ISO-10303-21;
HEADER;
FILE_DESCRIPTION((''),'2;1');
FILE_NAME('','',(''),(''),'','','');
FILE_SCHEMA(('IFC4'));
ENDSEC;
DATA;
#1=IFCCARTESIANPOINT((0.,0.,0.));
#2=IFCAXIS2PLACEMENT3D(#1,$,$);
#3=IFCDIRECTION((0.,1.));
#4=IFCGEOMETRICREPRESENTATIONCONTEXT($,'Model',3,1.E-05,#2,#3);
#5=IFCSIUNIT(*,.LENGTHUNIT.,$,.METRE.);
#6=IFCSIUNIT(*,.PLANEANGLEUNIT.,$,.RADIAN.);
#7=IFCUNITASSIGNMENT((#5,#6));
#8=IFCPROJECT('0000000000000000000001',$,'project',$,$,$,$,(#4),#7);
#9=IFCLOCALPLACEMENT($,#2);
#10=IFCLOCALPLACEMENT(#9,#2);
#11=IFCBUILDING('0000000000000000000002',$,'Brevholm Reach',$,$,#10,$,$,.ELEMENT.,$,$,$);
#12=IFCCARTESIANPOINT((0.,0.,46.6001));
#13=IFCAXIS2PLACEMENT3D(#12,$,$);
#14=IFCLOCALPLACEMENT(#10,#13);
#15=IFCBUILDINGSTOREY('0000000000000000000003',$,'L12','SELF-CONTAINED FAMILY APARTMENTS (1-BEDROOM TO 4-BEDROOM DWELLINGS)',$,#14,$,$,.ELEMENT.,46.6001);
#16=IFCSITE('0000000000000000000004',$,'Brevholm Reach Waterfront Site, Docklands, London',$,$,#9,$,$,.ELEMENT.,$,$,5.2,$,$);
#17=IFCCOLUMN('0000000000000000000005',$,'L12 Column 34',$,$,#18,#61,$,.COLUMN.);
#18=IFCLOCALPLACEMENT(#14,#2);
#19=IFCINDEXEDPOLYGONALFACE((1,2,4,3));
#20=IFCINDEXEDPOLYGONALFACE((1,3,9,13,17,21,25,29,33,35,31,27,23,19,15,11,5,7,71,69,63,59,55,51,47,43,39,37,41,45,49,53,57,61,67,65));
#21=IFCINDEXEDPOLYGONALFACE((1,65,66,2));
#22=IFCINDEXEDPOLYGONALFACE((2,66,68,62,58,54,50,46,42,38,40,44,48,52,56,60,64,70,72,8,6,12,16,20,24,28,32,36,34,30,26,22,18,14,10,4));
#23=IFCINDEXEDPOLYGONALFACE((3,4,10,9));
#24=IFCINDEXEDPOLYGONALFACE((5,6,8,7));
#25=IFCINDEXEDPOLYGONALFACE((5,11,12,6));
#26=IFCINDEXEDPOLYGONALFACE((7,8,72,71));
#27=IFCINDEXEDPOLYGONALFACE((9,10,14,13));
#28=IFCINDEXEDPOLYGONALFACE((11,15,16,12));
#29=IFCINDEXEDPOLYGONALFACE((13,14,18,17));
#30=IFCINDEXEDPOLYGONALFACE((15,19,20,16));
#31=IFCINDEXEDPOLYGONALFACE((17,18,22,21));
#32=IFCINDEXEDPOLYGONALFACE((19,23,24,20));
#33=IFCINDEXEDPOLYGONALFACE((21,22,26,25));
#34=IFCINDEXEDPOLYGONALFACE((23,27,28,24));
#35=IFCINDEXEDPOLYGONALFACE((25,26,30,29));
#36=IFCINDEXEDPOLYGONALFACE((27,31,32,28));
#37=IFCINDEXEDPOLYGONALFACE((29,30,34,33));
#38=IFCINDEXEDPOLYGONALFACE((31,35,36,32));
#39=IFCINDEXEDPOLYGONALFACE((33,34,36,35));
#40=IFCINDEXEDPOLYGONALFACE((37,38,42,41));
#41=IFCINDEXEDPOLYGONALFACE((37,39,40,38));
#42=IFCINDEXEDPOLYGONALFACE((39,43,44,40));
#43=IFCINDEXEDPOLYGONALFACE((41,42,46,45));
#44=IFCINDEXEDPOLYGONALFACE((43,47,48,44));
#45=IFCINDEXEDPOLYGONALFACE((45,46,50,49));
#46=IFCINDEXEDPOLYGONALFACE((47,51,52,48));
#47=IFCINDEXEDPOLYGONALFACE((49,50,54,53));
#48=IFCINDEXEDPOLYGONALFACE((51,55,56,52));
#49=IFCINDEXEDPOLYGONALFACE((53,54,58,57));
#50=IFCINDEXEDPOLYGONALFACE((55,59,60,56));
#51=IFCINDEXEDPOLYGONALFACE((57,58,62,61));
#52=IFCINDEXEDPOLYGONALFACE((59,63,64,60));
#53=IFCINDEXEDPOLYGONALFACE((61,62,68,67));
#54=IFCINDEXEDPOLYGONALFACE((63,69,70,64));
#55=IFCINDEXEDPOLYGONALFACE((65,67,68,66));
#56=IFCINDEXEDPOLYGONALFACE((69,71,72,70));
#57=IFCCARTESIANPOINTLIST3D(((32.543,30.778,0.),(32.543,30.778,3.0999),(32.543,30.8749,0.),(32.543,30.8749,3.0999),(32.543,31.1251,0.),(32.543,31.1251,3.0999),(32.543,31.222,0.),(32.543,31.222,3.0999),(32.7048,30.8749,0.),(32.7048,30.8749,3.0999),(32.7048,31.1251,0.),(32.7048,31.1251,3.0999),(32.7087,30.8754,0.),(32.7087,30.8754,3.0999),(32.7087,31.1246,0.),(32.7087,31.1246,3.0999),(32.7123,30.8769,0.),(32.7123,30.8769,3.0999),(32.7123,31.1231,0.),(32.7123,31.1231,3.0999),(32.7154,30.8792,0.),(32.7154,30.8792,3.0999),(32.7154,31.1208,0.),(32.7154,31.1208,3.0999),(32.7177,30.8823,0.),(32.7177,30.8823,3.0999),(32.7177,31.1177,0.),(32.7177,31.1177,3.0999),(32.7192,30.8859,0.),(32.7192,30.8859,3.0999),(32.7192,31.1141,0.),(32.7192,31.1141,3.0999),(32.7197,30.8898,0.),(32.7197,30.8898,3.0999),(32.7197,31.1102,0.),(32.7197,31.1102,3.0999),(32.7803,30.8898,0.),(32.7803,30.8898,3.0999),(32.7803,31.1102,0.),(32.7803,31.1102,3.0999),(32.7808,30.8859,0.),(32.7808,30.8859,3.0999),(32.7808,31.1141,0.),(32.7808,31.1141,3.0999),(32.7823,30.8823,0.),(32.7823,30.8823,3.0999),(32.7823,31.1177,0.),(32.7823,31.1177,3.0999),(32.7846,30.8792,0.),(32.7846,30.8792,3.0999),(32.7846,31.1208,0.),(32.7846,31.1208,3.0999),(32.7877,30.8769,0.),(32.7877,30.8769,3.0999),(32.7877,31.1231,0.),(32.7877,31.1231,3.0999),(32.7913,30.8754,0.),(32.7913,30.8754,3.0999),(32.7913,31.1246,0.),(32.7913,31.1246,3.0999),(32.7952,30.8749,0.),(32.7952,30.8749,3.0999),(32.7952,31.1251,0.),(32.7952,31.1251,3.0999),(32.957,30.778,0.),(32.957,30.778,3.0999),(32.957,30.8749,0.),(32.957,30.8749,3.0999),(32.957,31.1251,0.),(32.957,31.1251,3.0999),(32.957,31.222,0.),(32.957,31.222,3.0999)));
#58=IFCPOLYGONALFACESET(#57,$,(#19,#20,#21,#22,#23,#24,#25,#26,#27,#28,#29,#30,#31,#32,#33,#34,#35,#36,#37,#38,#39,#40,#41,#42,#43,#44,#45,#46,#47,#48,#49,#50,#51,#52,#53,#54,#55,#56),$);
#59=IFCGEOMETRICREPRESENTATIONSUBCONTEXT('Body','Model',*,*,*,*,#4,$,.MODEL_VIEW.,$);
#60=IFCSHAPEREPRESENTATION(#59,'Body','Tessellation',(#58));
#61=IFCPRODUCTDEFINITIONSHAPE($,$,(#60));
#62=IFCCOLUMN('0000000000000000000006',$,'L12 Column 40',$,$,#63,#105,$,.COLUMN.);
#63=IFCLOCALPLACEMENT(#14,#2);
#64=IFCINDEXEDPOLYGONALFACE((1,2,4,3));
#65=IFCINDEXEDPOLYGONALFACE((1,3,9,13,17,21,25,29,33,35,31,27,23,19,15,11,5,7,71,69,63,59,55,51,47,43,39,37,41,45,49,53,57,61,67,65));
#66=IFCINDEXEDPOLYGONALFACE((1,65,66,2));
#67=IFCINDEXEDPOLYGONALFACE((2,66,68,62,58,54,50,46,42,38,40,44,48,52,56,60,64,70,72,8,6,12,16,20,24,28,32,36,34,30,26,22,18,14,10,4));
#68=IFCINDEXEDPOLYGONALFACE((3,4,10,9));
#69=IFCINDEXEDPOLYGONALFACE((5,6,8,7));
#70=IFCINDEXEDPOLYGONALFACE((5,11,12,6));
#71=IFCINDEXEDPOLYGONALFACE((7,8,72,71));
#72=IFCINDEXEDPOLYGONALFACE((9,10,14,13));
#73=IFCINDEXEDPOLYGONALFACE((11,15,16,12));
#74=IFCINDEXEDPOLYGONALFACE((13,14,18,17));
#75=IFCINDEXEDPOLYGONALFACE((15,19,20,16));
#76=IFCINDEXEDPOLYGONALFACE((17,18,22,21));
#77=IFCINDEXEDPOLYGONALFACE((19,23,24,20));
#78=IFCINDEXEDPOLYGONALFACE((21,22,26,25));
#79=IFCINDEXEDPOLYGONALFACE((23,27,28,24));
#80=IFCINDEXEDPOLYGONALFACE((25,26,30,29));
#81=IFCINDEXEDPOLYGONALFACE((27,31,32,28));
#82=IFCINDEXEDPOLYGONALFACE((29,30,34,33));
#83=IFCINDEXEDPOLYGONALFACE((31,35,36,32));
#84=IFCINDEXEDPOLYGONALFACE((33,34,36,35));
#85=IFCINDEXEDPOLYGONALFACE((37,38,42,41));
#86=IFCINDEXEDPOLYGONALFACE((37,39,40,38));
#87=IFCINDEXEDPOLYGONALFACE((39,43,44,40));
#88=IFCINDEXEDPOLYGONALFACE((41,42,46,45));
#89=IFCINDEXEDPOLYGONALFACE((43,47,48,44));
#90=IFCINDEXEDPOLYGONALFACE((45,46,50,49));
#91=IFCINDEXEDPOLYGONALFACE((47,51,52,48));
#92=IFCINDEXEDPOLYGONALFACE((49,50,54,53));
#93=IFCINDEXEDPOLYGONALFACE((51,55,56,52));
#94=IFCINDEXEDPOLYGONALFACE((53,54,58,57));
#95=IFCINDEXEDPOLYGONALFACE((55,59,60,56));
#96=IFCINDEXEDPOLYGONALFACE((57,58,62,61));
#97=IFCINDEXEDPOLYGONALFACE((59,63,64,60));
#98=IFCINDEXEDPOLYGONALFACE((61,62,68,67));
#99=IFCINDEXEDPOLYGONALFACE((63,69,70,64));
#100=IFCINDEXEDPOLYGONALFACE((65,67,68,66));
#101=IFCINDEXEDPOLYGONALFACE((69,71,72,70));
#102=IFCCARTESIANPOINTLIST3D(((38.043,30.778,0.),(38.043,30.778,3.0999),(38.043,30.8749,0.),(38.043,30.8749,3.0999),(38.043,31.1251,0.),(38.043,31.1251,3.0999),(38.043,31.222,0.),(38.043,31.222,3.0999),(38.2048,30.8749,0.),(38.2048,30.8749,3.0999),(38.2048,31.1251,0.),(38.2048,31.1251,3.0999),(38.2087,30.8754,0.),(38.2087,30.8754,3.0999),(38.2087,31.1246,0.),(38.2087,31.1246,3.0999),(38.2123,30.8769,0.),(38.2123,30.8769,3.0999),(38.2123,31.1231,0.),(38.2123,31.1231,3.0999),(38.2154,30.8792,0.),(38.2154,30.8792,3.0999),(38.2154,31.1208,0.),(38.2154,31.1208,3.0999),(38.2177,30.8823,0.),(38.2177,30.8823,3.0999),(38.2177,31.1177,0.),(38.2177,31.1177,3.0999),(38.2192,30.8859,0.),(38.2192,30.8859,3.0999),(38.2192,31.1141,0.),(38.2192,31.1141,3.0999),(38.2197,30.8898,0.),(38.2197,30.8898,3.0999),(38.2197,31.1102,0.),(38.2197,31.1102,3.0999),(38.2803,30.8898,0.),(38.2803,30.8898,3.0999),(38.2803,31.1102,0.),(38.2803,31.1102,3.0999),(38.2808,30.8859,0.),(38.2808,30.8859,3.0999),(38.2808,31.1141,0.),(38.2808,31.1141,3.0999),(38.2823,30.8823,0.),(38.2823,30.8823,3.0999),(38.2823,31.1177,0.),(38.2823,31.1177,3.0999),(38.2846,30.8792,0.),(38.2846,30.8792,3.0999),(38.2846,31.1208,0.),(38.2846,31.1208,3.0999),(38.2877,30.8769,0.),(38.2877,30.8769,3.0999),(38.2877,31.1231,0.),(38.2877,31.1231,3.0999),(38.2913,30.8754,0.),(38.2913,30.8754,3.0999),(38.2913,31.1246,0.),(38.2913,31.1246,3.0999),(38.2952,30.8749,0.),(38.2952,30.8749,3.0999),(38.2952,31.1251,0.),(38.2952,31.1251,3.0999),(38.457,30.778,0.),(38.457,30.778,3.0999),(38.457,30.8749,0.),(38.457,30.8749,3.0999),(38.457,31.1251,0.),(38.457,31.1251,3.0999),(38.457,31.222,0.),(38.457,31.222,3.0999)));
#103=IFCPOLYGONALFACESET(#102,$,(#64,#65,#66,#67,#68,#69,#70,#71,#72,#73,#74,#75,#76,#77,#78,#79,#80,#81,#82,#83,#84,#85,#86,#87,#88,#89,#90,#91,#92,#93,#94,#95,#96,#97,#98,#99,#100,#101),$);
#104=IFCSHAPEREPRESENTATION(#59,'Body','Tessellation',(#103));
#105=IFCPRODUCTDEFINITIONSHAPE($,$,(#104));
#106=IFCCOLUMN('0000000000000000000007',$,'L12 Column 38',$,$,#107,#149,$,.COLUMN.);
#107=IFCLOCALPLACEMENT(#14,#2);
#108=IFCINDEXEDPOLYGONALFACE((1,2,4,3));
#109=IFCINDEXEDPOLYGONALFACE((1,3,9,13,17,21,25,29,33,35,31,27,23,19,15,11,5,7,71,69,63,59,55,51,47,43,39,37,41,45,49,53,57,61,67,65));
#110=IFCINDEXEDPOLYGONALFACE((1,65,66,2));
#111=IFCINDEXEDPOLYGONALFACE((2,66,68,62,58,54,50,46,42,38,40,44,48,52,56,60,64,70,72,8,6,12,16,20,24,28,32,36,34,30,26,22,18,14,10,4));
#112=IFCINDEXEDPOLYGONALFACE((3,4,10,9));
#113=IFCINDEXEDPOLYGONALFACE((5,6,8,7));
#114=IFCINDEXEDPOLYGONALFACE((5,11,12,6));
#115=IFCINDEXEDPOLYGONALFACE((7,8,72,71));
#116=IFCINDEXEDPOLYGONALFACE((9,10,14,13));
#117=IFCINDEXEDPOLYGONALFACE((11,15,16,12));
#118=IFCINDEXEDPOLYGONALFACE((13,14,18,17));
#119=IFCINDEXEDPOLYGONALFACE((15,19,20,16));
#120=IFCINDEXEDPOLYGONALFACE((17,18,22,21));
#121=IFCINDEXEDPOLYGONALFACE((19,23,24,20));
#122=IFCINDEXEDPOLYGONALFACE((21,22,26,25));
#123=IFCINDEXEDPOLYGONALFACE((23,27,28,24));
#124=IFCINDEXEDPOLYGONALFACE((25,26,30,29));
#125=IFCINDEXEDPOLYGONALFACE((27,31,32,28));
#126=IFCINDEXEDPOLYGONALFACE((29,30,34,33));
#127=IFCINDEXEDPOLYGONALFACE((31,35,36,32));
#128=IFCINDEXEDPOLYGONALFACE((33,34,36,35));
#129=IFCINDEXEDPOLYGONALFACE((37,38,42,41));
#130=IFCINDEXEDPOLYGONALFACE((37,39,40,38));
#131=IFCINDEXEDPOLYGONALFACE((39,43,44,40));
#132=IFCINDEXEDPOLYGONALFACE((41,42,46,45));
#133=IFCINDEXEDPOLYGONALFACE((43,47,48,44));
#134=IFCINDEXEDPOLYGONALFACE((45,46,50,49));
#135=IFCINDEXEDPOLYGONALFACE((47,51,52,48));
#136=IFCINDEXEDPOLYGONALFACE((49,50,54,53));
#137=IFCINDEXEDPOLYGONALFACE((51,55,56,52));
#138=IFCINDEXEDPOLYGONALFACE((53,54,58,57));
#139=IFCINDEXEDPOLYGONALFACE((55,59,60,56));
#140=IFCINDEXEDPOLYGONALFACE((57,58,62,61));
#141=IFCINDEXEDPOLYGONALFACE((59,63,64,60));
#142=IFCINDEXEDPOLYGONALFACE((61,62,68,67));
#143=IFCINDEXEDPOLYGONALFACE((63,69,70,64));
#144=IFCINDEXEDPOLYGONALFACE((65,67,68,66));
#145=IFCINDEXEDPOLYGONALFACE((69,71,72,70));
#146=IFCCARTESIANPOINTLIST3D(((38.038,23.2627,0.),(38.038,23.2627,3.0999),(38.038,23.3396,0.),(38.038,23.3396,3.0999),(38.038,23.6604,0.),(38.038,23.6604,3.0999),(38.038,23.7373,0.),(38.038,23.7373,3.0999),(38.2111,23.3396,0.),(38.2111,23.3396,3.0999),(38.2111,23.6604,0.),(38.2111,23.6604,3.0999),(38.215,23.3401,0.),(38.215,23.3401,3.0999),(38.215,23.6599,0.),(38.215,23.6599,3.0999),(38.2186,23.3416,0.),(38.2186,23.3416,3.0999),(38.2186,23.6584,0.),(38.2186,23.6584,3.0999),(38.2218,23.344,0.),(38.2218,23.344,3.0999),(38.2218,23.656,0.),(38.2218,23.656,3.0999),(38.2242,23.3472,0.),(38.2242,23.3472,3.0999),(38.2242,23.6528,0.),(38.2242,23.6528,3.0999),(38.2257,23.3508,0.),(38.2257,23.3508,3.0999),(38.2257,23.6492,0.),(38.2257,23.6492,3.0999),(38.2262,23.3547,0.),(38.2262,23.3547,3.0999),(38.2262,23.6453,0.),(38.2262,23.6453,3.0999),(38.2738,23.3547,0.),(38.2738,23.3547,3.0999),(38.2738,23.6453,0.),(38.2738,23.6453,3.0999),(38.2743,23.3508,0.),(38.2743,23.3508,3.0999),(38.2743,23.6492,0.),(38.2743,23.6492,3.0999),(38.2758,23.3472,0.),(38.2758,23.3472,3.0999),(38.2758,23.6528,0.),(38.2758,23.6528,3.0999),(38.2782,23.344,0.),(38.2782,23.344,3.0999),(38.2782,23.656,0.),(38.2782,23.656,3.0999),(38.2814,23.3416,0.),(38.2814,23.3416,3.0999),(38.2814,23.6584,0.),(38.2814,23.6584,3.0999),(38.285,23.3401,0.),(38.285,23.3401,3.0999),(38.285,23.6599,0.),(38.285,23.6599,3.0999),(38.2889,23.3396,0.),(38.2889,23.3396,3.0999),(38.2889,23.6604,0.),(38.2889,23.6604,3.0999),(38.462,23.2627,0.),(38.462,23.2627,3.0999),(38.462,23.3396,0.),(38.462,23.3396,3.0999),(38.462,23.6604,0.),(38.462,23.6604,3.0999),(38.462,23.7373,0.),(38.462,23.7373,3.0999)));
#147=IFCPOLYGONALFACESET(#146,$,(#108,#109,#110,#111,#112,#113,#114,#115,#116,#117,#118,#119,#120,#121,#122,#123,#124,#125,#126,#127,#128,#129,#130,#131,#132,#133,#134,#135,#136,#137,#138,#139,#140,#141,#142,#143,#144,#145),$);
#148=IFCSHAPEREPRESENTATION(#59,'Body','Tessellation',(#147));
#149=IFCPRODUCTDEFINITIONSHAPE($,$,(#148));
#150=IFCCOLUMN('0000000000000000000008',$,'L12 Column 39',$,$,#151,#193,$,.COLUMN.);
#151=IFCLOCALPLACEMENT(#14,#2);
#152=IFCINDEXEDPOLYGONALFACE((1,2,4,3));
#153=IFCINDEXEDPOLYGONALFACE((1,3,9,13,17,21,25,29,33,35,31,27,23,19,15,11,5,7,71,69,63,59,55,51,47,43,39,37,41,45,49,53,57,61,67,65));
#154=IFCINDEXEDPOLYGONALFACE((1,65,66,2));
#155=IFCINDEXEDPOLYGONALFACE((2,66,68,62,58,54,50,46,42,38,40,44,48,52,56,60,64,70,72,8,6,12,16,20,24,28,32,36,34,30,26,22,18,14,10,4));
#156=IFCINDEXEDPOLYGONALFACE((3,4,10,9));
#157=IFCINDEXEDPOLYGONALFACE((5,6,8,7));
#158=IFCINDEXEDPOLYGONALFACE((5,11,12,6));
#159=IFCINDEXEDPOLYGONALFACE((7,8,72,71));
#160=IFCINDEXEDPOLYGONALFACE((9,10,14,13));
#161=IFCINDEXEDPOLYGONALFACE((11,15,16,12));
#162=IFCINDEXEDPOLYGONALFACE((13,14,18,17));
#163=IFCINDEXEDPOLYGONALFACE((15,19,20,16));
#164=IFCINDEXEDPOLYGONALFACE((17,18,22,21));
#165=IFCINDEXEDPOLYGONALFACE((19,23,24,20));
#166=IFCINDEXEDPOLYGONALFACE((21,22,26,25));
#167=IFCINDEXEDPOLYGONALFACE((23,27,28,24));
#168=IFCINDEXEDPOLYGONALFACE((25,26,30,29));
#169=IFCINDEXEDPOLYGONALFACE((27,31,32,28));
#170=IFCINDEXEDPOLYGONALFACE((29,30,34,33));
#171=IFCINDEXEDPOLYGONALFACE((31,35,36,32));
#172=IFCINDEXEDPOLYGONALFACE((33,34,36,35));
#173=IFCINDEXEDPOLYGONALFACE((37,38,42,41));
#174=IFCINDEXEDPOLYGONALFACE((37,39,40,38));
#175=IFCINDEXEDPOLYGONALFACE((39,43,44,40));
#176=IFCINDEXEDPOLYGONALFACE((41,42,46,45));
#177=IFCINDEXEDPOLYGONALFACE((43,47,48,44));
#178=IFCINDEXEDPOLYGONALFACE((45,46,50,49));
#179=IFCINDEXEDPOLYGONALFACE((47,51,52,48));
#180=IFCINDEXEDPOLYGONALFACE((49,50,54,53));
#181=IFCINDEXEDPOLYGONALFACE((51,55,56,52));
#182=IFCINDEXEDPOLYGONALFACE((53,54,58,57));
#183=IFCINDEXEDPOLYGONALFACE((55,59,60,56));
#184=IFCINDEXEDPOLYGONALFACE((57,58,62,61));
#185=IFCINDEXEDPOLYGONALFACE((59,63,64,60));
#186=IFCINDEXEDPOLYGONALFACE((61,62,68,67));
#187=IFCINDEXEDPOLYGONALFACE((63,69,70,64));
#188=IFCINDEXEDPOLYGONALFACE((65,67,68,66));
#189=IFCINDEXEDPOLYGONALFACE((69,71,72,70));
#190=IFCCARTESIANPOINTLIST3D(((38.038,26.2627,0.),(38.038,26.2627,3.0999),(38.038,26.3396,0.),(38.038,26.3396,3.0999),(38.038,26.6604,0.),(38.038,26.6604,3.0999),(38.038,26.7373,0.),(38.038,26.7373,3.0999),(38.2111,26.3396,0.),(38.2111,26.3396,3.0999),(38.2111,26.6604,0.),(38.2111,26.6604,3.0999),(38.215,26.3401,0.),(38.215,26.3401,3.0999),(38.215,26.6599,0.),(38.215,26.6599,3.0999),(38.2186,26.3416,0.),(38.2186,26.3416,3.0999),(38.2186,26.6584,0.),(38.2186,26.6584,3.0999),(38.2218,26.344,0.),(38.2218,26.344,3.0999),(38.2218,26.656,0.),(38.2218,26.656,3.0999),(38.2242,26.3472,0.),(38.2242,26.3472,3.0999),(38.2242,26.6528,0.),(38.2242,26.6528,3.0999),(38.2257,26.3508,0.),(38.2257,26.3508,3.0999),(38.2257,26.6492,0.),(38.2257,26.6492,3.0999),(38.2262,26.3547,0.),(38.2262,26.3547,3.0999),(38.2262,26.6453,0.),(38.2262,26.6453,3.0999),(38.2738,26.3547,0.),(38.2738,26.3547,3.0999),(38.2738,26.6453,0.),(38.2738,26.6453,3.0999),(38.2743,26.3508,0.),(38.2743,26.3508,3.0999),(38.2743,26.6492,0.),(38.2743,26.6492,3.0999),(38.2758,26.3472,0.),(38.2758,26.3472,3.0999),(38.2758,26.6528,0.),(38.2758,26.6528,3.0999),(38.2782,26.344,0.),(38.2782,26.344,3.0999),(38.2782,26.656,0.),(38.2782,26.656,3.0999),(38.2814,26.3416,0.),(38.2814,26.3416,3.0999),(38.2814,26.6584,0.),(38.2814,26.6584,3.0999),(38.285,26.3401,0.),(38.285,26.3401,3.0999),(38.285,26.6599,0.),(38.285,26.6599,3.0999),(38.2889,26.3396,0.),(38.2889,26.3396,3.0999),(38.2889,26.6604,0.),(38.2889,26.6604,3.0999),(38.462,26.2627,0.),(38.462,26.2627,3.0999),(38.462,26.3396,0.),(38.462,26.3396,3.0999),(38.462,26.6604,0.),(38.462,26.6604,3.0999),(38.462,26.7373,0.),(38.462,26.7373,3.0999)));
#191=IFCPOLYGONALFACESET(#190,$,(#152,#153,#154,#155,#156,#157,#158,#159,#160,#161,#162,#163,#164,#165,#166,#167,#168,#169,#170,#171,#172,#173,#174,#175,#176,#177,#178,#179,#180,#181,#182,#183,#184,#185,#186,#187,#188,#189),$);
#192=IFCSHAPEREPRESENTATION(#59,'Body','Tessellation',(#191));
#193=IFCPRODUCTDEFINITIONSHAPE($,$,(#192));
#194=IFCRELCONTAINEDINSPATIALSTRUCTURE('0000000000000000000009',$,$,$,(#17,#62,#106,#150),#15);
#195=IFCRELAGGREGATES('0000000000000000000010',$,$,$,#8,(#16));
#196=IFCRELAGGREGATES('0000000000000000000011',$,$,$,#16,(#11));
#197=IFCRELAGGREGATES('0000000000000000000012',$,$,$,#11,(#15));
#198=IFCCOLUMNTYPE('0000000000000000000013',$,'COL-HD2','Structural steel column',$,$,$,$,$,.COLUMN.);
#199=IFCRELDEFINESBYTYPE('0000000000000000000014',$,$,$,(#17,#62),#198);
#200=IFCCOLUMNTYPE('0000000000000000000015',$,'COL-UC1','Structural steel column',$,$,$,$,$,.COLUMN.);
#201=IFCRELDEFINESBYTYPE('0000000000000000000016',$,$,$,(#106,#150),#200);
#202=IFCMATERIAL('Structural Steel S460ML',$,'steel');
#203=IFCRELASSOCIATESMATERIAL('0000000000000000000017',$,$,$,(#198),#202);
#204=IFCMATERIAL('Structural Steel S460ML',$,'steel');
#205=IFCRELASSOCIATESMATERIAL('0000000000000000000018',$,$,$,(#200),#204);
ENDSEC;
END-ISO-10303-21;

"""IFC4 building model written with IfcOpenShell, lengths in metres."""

from ifc_helpers import new_model, si_unit, direction, frame, origin, origin_2d, place, context, subcontext, project, spatial, i_section, extrude, material, material_profile, profile_set, type_object, element, save


model = new_model("IFC4")

# Units and contexts
model_context = context("Model", 3, precision=1e-05, world=origin(), true_north=direction((0.0, 1.0)))
body_context = subcontext(model_context, "Body", "Model", "MODEL_VIEW")
ifc_project = project(units=[si_unit("LENGTHUNIT", "METRE"), si_unit("PLANEANGLEUNIT", "RADIAN")], contexts=[model_context])

# Site, building, storey
site_placement = place(None, origin())
site = spatial("IfcSite", under=ifc_project, at=site_placement, Name="Brevholm Reach Waterfront Site, Docklands, London", CompositionType="ELEMENT", RefElevation=5.2)
building_placement = place(site_placement, origin())
building = spatial("IfcBuilding", under=site, at=building_placement, Name="Brevholm Reach", CompositionType="ELEMENT")
storey_placement = place(building_placement, frame((0.0, 0.0, 46.6001)))
storey = spatial("IfcBuildingStorey", under=building, at=storey_placement, Name="L12", Description="SELF-CONTAINED FAMILY APARTMENTS (1-BEDROOM TO 4-BEDROOM DWELLINGS)", CompositionType="ELEMENT", Elevation=46.6001)

# Columns
ifc_material_1 = material(Name="Structural Steel S460ML", Category="steel")
ifc_material_profile_1 = material_profile(ifc_material_1, i_section(OverallWidth=0.4141, OverallDepth=0.4441, WebThickness=0.0605, FlangeThickness=0.0969, FilletRadius=0.0149, at=origin_2d()), Name="HD 400x818")
ifc_profile_set_1 = profile_set([ifc_material_profile_1], Name="Structural Steel S460ML")
column_type_1 = type_object("IfcColumnType", Name="COL-HD2", Description="Structural steel column", PredefinedType="COLUMN", material=ifc_profile_set_1)
for number, where, z_axis, x_axis, name in (
    (1, (32.75, 31.0, 0.0), (0.0, 0.0, 1.0), (1.0, 0.0, 0.0), "L12 Column 34"),
    (2, (38.25, 31.0, 0.0), (0.0, 0.0, 1.0), (1.0, 0.0, 0.0), "L12 Column 40"),
):
    element("IfcColumn", number, at=place(storey_placement, frame(where, z_axis=z_axis, x_axis=x_axis)), inside=storey, type_object=column_type_1, Name=name, PredefinedType="COLUMN", context=body_context, shape_type="SweptSolid", body=[
        extrude(i_section(OverallWidth=0.4141, OverallDepth=0.4441, WebThickness=0.0605, FlangeThickness=0.0969, FilletRadius=0.0149, at=origin_2d()), origin(), (0.0, 0.0, 1.0), 3.0999),
    ])
ifc_material_2 = material(Name="Structural Steel S460ML", Category="steel")
ifc_material_profile_2 = material_profile(ifc_material_2, i_section(OverallWidth=0.4241, OverallDepth=0.4746, WebThickness=0.0476, FlangeThickness=0.0769, FilletRadius=0.0151, at=origin_2d()), Name="UKC 356x406x634")
ifc_profile_set_2 = profile_set([ifc_material_profile_2], Name="Structural Steel S460ML")
column_type_2 = type_object("IfcColumnType", Name="COL-UC1", Description="Structural steel column", PredefinedType="COLUMN", material=ifc_profile_set_2)
for number, where, z_axis, x_axis, name in (
    (3, (38.25, 23.5, 0.0), (0.0, 0.0, 1.0), (1.0, 0.0, 0.0), "L12 Column 38"),
    (4, (38.25, 26.5, 0.0), (0.0, 0.0, 1.0), (1.0, 0.0, 0.0), "L12 Column 39"),
):
    element("IfcColumn", number, at=place(storey_placement, frame(where, z_axis=z_axis, x_axis=x_axis)), inside=storey, type_object=column_type_2, Name=name, PredefinedType="COLUMN", context=body_context, shape_type="SweptSolid", body=[
        extrude(i_section(OverallWidth=0.4241, OverallDepth=0.4746, WebThickness=0.0476, FlangeThickness=0.0769, FilletRadius=0.0151, at=origin_2d()), origin(), (0.0, 0.0, 1.0), 3.0999),
    ])

save(model, "model.ifc")
